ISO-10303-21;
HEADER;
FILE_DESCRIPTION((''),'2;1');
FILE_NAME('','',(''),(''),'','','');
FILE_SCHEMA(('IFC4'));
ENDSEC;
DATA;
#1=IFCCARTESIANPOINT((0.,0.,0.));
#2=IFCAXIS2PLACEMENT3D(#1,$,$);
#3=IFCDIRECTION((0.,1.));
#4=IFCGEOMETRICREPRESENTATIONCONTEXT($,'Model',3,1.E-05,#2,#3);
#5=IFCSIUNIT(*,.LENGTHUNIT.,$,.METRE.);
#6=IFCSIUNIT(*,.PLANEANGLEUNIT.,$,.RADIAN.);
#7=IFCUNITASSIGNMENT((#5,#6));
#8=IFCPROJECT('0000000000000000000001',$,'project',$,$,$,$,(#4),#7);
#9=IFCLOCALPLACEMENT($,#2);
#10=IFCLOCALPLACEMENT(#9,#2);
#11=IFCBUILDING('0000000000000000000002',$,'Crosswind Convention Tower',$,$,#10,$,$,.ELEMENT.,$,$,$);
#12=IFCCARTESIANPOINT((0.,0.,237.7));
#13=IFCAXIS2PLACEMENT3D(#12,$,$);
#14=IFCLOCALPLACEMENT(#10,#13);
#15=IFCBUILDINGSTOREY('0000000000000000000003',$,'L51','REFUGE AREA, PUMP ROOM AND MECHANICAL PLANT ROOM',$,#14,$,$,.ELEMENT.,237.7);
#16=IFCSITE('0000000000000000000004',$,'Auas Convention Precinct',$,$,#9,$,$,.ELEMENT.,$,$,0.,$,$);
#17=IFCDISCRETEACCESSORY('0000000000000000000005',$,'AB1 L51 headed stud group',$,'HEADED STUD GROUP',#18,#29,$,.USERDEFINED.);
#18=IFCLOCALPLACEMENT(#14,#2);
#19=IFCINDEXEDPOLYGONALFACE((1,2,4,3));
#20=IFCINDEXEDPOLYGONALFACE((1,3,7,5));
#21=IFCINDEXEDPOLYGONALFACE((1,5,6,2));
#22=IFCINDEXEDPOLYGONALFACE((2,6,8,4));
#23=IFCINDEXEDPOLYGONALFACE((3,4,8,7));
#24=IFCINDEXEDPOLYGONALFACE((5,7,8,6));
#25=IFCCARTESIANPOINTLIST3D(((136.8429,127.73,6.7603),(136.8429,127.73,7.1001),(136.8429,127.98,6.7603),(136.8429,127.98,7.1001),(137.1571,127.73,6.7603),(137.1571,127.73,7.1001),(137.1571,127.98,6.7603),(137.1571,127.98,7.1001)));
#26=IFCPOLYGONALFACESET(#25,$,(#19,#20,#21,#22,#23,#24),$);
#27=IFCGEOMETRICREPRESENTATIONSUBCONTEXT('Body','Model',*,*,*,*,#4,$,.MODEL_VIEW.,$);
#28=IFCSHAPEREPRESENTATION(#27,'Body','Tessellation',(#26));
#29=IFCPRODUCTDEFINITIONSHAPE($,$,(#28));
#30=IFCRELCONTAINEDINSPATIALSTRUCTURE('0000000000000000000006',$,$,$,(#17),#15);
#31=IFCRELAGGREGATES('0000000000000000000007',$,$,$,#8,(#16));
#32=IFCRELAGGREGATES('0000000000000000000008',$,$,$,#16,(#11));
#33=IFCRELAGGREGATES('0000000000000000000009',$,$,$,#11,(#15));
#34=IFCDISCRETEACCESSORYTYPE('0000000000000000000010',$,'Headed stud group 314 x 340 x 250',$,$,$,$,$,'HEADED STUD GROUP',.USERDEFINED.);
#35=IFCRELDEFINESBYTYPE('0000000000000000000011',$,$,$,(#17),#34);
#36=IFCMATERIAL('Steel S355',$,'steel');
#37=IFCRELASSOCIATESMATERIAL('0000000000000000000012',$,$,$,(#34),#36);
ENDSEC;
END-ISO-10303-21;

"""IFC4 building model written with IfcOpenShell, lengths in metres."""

from ifc_helpers import new_model, si_unit, direction, frame, origin, origin_2d, place, context, subcontext, project, spatial, rectangle, extrude, material, type_object, element, save


model = new_model("IFC4")

# Units and contexts
model_context = context("Model", 3, precision=1e-05, world=origin(), true_north=direction((0.0, 1.0)))
body_context = subcontext(model_context, "Body", "Model", "MODEL_VIEW")
ifc_project = project(units=[si_unit("LENGTHUNIT", "METRE"), si_unit("PLANEANGLEUNIT", "RADIAN")], contexts=[model_context])

# Site, building, storey
site_placement = place(None, origin())
site = spatial("IfcSite", under=ifc_project, at=site_placement, Name="Auas Convention Precinct", CompositionType="ELEMENT", RefElevation=0.0)
building_placement = place(site_placement, origin())
building = spatial("IfcBuilding", under=site, at=building_placement, Name="Crosswind Convention Tower", CompositionType="ELEMENT")
storey_placement = place(building_placement, frame((0.0, 0.0, 237.7)))
storey = spatial("IfcBuildingStorey", under=building, at=storey_placement, Name="L51", Description="REFUGE AREA, PUMP ROOM AND MECHANICAL PLANT ROOM", CompositionType="ELEMENT", Elevation=237.7)

# Shared definitions
ifc_material_1 = material(Name="Steel S355", Category="steel")

# Discrete accessory
discrete_accessory_type_1 = type_object("IfcDiscreteAccessoryType", Name="Headed stud group 314 x 340 x 250", ElementType="HEADED STUD GROUP", PredefinedType="USERDEFINED", material=ifc_material_1)
for number, where, z_axis, x_axis, name in (
    (1, (137.0, 127.855, 6.7603), (0.0, 0.0, 1.0), (1.0, 0.0, 0.0), "AB1 L51 headed stud group"),
):
    element("IfcDiscreteAccessory", number, at=place(storey_placement, frame(where, z_axis=z_axis, x_axis=x_axis)), inside=storey, type_object=discrete_accessory_type_1, Name=name, ObjectType="HEADED STUD GROUP", PredefinedType="USERDEFINED", context=body_context, shape_type="SweptSolid", body=[
        extrude(rectangle(XDim=0.3142, YDim=0.25, at=origin_2d()), origin(), (0.0, 0.0, 1.0), 0.3398),
    ])

save(model, "model.ifc")
